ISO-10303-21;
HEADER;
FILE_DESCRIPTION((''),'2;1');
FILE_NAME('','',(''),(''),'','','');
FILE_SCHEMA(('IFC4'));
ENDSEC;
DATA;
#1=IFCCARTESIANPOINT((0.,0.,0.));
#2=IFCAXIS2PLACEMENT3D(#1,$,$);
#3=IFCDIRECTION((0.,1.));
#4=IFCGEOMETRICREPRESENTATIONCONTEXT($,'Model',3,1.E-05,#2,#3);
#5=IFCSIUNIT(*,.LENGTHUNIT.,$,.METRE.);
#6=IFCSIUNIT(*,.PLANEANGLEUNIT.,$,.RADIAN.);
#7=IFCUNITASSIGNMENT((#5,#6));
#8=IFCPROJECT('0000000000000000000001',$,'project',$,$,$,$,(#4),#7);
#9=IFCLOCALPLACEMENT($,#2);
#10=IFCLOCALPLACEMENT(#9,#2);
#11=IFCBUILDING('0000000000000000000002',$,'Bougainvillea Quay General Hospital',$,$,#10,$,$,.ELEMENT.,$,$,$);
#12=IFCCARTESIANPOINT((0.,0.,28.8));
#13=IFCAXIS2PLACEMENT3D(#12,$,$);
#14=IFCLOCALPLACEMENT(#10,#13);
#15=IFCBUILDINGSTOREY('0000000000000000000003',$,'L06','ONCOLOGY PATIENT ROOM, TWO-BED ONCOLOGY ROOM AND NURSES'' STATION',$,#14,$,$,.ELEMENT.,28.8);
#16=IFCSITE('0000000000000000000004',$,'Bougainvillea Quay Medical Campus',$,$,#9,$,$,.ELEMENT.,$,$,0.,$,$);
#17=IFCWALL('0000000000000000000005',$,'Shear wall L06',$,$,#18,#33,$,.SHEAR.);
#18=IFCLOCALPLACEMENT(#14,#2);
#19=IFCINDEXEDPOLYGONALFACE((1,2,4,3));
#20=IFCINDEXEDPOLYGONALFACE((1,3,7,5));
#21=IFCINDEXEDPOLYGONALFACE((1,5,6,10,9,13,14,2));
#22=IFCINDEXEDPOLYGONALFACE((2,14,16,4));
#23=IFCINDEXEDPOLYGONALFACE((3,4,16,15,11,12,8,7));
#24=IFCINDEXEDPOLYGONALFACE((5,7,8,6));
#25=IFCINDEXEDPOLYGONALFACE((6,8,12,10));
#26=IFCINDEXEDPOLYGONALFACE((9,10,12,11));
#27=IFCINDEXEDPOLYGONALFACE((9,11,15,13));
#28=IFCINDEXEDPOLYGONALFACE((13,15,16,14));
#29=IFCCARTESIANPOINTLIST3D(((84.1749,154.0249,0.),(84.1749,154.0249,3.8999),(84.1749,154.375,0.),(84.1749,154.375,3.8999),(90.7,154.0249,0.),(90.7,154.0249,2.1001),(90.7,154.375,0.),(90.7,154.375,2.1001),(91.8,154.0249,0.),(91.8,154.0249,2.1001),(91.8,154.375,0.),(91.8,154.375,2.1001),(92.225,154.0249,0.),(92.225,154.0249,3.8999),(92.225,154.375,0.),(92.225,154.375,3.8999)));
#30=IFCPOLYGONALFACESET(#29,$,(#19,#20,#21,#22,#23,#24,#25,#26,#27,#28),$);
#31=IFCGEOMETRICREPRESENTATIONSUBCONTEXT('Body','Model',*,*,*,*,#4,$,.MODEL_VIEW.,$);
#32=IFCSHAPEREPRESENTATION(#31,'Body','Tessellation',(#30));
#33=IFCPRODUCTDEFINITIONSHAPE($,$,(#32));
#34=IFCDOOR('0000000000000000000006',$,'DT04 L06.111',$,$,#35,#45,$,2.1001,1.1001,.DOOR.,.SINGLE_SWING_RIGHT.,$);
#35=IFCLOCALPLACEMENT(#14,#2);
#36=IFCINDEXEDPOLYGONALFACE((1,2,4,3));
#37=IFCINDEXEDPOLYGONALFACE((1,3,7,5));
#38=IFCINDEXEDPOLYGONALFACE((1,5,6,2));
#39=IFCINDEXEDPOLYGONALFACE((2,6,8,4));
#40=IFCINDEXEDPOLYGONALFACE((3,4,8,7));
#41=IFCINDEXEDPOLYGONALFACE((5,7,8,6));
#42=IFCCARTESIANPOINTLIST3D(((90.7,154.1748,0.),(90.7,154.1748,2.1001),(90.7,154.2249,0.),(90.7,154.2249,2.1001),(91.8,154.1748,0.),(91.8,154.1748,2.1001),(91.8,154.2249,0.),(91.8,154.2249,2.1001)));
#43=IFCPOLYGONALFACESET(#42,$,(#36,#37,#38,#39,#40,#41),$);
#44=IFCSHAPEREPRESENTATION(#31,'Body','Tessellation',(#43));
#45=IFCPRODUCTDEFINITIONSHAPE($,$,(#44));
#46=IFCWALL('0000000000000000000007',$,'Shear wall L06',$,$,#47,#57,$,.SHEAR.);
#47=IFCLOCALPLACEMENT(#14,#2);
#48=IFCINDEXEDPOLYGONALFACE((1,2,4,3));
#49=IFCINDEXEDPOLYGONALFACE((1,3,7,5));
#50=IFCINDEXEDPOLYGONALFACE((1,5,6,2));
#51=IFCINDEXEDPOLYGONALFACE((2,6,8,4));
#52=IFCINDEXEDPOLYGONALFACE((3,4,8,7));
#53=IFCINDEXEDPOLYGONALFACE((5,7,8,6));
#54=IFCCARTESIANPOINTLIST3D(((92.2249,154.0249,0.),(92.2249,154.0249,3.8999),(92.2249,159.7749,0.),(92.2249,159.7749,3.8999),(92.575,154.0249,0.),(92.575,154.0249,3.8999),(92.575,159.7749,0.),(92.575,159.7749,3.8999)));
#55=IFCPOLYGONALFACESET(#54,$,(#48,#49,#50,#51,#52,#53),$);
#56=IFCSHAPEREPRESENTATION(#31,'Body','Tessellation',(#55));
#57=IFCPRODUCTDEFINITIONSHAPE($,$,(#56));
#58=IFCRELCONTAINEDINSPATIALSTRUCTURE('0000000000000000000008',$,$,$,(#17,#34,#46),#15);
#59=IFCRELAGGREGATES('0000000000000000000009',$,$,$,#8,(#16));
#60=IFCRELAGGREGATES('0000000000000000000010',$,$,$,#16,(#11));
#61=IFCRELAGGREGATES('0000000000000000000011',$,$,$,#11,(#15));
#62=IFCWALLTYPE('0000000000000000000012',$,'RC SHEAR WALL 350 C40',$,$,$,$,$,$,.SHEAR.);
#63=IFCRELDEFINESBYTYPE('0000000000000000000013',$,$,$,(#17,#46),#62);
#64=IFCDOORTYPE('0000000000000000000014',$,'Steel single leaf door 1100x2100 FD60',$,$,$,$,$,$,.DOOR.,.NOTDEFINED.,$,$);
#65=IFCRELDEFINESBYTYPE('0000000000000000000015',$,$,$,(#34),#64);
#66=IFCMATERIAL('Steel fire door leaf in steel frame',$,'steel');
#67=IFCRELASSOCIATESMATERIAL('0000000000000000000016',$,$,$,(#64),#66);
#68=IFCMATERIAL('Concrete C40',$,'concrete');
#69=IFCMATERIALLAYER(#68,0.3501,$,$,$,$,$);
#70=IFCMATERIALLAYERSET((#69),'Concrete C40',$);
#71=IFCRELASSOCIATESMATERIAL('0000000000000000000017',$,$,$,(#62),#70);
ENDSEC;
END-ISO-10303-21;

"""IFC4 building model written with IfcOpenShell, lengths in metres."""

from ifc_helpers import new_model, si_unit, direction, frame, frame_2d, origin, place, context, subcontext, project, spatial, rectangle, extrude, material, layer, layer_set, type_object, element, fill, save


model = new_model("IFC4")

# Units and contexts
model_context = context("Model", 3, precision=1e-05, world=origin(), true_north=direction((0.0, 1.0)))
body_context = subcontext(model_context, "Body", "Model", "MODEL_VIEW")
ifc_project = project(units=[si_unit("LENGTHUNIT", "METRE"), si_unit("PLANEANGLEUNIT", "RADIAN")], contexts=[model_context])

# Site, building, storey
site_placement = place(None, origin())
site = spatial("IfcSite", under=ifc_project, at=site_placement, Name="Bougainvillea Quay Medical Campus", CompositionType="ELEMENT", RefElevation=0.0)
building_placement = place(site_placement, origin())
building = spatial("IfcBuilding", under=site, at=building_placement, Name="Bougainvillea Quay General Hospital", CompositionType="ELEMENT")
storey_placement = place(building_placement, frame((0.0, 0.0, 28.8)))
storey = spatial("IfcBuildingStorey", under=building, at=storey_placement, Name="L06", Description="ONCOLOGY PATIENT ROOM, TWO-BED ONCOLOGY ROOM AND NURSES' STATION", CompositionType="ELEMENT", Elevation=28.8)

# Shared definitions
ifc_material_1 = material(Name="Concrete C40", Category="concrete")

# Shared definitions
ifc_material_2 = material(Name="Steel fire door leaf in steel frame", Category="steel")
door_type_1 = type_object("IfcDoorType", Name="Steel single leaf door 1100x2100 FD60", OperationType="NOTDEFINED", PredefinedType="DOOR", material=ifc_material_2)

# Shared definitions
ifc_layer_1 = layer(ifc_material_1, 0.3501)
ifc_layer_set_1 = layer_set([ifc_layer_1], Name="Concrete C40")
wall_type_1 = type_object("IfcWallType", Name="RC SHEAR WALL 350 C40", PredefinedType="SHEAR", material=ifc_layer_set_1)

# Wall, opening, door
wall_1_placement = place(storey_placement, frame((84.175, 154.2, 0.0), z_axis=(0.0, 0.0, 1.0), x_axis=(1.0, 0.0, 0.0)))
wall_1 = element("IfcWall", 1, at=wall_1_placement, inside=storey, type_object=wall_type_1, Name="Shear wall L06", PredefinedType="SHEAR", context=body_context, shape_type="SweptSolid", body=[
    extrude(rectangle(XDim=8.05, YDim=0.3501, at=frame_2d((4.0249, 0.0))), origin(), (0.0, 0.0, 1.0), 3.8999),
])
opening_1_placement = place(wall_1_placement, frame((6.5249, 0.0, 0.0)))
opening_1 = element("IfcOpeningElement", 2, at=opening_1_placement, cuts=wall_1, PredefinedType="OPENING", context=body_context, shape_type="SweptSolid", body=[
    extrude(rectangle(XDim=1.1001, YDim=2.1001, at=frame_2d((0.55, 1.05))), frame((0.0, 0.1851, 0.0), z_axis=(0.0, -1.0, 0.0), x_axis=(1.0, 0.0, 0.0)), (0.0, 0.0, 1.0), 0.3701),
])
door_1_placement = place(opening_1_placement, origin())
door_1 = element("IfcDoor", 3, at=door_1_placement, inside=storey, type_object=door_type_1, Name="DT04 L06.111", OperationType="SINGLE_SWING_RIGHT", OverallHeight=2.1001, OverallWidth=1.1001, PredefinedType="DOOR", context=body_context, shape_type="SweptSolid", body=[
    extrude(rectangle(XDim=1.1001, YDim=2.1001, at=frame_2d((0.55, 1.05))), frame((0.0, 0.0249, 0.0), z_axis=(0.0, -1.0, 0.0), x_axis=(1.0, 0.0, 0.0)), (0.0, 0.0, 1.0), 0.05),
])
fill(opening_1, door_1)

# Wall
wall_2_placement = place(storey_placement, frame((92.3999, 154.0249, 0.0), z_axis=(0.0, 0.0, 1.0), x_axis=(0.0, 1.0, 0.0)))
element("IfcWall", 4, at=wall_2_placement, inside=storey, type_object=wall_type_1, Name="Shear wall L06", PredefinedType="SHEAR", context=body_context, shape_type="SweptSolid", body=[
    extrude(rectangle(XDim=5.75, YDim=0.3501, at=frame_2d((2.875, 0.0))), origin(), (0.0, 0.0, 1.0), 3.8999),
])

save(model, "model.ifc")
